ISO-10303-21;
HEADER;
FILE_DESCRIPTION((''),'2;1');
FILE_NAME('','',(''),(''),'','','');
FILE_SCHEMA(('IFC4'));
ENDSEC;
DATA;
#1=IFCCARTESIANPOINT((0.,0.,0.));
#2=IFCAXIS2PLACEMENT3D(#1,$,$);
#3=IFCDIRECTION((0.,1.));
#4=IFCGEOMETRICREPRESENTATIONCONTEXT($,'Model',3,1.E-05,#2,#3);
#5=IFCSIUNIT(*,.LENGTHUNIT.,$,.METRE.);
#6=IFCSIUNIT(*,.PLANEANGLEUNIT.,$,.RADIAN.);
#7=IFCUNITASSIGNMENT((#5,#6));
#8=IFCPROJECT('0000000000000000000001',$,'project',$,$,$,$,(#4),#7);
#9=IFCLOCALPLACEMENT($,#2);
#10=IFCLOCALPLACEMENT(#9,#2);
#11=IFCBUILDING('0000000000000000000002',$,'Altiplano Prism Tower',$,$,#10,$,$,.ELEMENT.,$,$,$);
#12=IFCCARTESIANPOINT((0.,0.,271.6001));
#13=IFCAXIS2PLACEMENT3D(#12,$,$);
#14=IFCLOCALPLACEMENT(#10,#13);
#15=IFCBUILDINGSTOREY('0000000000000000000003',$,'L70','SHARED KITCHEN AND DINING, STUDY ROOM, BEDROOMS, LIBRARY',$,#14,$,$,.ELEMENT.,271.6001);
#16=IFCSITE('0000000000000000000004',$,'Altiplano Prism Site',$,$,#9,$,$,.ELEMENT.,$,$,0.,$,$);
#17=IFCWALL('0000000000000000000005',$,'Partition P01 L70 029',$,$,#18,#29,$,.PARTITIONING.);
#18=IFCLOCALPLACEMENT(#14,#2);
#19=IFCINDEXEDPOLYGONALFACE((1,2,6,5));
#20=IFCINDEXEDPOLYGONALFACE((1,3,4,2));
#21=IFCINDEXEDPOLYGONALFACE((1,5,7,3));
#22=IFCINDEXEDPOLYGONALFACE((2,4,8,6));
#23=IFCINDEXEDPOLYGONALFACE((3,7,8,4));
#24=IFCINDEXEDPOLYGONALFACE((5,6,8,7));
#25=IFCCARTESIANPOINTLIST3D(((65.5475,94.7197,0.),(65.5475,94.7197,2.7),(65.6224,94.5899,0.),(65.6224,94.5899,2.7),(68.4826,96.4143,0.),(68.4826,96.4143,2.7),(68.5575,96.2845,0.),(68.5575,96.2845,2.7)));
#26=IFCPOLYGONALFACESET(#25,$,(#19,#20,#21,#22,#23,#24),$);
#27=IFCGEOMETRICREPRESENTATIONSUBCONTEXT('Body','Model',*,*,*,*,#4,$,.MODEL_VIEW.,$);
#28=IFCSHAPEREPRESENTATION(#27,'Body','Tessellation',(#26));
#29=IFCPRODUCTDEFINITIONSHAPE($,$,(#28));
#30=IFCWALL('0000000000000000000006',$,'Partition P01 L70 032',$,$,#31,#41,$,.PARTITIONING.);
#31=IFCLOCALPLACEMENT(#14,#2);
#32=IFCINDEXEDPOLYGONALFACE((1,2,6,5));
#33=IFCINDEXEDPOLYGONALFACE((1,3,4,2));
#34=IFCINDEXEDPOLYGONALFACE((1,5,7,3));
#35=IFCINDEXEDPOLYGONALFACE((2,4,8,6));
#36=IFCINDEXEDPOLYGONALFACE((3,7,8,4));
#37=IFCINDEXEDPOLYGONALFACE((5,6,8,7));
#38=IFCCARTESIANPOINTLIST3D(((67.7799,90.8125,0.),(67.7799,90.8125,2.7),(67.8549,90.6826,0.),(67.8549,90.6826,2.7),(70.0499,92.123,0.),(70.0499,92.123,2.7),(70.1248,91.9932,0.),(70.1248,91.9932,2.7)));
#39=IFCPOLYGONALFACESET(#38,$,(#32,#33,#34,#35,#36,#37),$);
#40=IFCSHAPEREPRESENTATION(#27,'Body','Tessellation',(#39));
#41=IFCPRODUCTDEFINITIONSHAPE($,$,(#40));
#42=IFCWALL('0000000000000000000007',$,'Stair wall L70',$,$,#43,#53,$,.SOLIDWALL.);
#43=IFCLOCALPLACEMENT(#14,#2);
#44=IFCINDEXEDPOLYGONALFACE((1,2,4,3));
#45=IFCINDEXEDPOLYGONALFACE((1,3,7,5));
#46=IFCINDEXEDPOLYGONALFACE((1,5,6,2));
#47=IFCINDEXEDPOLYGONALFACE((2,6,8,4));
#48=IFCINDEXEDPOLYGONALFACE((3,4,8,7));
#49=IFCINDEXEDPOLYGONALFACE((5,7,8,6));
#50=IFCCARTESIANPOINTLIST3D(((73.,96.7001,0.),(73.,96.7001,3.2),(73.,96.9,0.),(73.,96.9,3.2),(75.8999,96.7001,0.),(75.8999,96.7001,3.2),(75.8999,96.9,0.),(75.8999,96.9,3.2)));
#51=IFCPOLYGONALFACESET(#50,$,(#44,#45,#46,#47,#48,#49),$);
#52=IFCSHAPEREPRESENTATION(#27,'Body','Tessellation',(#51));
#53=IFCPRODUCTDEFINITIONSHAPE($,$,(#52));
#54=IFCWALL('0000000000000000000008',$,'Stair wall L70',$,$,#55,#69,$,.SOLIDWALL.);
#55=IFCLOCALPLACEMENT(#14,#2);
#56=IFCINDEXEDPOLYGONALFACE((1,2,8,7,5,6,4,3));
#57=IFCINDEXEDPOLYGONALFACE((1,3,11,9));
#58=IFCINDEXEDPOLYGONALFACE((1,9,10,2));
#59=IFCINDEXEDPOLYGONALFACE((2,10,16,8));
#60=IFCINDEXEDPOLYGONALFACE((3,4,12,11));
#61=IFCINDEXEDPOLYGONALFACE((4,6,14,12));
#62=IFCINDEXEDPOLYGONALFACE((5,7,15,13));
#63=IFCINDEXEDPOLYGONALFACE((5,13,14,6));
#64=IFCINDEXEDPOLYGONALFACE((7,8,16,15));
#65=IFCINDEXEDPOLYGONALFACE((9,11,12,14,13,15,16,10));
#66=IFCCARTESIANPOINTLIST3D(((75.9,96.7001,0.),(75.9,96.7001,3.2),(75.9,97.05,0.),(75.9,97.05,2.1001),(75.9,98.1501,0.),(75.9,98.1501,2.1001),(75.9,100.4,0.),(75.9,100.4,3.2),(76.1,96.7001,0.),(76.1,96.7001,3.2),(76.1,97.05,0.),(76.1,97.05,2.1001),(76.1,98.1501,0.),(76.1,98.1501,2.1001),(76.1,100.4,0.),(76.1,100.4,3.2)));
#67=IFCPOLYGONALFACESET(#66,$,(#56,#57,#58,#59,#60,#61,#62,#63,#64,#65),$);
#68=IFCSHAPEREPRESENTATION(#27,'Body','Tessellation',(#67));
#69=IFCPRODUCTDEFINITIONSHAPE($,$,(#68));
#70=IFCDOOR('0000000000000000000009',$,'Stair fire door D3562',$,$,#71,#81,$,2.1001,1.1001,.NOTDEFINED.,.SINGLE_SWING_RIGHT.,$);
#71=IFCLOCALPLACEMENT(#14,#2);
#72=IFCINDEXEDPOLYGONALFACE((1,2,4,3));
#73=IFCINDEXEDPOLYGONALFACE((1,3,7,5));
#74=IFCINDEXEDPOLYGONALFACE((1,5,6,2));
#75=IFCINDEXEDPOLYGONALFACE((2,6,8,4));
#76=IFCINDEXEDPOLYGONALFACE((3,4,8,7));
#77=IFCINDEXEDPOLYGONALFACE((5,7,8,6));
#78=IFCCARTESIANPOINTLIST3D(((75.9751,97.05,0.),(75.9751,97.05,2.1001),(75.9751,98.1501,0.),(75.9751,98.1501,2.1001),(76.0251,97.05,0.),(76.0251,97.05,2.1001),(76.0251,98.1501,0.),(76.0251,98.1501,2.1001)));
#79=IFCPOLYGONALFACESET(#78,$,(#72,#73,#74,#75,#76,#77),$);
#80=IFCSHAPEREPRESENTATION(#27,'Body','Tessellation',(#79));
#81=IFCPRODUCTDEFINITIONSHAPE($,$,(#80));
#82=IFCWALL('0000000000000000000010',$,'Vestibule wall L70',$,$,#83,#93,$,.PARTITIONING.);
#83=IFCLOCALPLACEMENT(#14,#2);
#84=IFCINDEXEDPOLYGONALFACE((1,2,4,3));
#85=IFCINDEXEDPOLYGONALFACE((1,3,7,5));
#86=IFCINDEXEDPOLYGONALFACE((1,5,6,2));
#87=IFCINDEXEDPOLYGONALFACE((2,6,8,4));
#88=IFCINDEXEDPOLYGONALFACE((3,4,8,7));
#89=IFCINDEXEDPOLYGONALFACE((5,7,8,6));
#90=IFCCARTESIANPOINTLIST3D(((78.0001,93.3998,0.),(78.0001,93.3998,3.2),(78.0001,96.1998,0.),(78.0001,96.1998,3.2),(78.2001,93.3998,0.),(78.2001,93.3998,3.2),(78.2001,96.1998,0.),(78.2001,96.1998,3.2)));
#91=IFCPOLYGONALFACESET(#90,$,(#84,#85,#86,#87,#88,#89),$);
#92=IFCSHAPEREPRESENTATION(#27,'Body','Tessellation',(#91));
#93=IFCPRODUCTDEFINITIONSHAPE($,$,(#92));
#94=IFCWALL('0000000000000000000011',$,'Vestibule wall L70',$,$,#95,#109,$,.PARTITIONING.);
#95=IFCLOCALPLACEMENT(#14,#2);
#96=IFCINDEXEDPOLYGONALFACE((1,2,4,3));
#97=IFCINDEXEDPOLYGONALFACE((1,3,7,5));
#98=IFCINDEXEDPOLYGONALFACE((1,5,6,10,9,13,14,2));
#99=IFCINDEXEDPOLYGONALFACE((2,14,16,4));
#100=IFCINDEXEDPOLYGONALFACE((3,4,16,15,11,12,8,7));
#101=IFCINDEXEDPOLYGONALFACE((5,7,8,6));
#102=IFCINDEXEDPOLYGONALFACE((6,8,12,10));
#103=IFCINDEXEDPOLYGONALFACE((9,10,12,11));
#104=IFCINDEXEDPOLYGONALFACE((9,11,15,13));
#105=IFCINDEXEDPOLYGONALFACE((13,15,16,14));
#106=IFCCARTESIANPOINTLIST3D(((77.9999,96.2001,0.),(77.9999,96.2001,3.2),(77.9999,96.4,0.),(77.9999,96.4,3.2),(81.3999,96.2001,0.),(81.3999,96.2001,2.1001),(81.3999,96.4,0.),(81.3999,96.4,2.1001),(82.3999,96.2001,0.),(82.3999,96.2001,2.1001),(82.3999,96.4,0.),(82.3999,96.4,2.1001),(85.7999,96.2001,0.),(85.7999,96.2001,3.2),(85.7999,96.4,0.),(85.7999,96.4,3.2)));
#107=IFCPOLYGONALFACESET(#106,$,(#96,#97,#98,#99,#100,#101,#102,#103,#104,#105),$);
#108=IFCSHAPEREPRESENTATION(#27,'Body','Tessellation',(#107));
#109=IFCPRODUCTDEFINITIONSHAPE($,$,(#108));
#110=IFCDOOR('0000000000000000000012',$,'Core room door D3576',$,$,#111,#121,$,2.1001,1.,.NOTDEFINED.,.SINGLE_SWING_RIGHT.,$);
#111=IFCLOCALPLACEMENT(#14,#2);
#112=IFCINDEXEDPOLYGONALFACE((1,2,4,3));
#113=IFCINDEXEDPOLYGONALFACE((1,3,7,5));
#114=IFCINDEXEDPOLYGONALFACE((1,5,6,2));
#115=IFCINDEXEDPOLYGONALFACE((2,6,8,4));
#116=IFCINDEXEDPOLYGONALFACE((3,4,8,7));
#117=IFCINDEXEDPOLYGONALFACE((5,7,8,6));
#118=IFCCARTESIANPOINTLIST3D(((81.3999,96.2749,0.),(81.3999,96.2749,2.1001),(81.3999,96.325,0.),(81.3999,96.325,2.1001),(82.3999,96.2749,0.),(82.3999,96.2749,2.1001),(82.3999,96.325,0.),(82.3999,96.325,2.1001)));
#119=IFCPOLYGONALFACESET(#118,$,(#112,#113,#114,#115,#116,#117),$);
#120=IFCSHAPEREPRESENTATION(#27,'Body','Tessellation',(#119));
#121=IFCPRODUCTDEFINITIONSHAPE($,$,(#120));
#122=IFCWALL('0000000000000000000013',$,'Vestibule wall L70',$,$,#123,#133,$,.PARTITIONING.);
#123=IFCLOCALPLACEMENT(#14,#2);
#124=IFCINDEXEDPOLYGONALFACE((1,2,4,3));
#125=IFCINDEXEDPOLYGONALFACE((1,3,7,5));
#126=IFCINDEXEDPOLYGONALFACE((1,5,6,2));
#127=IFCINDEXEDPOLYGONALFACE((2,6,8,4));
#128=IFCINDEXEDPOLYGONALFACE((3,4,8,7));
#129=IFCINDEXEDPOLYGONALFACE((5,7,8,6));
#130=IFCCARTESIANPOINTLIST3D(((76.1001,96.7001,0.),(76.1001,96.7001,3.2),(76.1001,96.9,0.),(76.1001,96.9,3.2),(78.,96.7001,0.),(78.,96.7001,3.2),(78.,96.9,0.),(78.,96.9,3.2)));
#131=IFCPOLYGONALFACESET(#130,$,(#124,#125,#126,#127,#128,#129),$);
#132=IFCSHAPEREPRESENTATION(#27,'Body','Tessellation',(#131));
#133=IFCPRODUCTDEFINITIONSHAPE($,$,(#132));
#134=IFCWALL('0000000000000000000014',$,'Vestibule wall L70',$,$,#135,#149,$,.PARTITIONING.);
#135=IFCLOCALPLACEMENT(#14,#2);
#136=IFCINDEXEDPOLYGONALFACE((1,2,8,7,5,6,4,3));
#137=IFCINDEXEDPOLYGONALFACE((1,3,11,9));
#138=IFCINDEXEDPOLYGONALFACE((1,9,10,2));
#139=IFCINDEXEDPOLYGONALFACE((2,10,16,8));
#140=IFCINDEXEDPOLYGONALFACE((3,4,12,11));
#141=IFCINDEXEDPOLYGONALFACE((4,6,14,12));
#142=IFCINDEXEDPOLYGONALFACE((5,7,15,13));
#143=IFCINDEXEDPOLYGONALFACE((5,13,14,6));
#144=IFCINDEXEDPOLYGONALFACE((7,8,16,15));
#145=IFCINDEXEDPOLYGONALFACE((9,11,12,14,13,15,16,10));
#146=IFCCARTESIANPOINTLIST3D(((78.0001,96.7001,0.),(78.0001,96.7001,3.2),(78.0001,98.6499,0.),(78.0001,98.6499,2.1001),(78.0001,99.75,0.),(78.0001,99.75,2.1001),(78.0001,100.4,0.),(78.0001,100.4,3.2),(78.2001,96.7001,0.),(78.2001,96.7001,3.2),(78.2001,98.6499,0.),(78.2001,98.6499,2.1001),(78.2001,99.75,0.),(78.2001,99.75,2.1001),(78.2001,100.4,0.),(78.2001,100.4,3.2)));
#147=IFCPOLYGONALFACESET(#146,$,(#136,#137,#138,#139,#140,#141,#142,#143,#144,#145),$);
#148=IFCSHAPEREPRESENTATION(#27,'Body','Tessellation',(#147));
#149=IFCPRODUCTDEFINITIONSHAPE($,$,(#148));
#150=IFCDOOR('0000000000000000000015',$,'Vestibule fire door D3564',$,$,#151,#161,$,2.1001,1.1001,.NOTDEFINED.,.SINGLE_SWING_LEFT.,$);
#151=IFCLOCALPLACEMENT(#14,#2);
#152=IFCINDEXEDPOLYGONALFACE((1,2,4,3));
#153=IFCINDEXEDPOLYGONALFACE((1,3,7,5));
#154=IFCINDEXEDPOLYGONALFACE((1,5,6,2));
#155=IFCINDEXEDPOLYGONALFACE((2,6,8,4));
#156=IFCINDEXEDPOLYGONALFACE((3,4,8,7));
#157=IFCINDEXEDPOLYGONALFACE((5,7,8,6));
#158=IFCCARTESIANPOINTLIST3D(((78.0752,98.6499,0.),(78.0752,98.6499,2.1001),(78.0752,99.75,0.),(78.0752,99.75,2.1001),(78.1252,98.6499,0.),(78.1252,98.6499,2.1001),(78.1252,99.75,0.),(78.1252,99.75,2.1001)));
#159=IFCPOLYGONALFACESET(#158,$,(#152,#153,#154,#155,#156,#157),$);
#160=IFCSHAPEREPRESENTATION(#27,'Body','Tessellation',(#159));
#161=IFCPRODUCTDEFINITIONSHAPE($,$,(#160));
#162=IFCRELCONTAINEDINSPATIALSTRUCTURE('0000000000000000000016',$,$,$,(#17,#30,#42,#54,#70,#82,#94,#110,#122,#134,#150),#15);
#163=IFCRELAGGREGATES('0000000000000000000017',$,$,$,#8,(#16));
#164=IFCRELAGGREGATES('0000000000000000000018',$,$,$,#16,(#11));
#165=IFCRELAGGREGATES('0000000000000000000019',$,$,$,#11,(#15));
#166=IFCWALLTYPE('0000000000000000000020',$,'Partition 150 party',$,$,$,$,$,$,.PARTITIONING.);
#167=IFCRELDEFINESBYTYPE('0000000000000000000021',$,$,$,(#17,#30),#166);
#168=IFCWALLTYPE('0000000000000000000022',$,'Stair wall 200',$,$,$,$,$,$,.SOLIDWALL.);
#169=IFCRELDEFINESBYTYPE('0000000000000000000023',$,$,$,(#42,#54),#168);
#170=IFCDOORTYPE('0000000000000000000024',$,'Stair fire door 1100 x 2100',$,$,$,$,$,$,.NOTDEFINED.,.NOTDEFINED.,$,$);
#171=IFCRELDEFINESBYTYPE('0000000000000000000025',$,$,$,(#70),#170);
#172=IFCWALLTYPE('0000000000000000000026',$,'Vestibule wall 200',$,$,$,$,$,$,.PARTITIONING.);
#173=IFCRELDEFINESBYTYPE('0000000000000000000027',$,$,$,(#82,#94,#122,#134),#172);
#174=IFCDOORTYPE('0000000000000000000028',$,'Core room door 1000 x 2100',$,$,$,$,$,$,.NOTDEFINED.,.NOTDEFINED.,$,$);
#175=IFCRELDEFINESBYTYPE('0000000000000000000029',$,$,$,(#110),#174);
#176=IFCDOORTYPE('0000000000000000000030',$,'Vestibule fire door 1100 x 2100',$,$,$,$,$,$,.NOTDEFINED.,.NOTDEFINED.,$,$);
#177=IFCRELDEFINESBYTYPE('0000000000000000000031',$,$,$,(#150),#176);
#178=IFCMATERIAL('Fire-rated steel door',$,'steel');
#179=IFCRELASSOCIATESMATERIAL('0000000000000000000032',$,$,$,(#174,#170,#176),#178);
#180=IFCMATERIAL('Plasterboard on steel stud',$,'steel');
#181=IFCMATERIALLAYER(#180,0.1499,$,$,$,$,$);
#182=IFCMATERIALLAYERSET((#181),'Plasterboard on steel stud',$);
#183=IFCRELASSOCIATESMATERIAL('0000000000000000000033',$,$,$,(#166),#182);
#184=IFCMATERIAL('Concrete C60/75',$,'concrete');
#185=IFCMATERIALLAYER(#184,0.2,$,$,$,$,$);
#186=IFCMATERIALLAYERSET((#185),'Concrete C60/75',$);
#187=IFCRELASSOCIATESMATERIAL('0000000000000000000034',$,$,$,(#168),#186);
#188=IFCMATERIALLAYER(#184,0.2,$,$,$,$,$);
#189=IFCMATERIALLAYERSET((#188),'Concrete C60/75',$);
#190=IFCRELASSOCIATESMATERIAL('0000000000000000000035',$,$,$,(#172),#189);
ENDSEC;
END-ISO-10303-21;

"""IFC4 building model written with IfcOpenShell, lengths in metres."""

from ifc_helpers import new_model, si_unit, direction, frame, frame_2d, origin, place, context, subcontext, project, spatial, rectangle, extrude, material, layer, layer_set, type_object, element, fill, save


model = new_model("IFC4")

# Units and contexts
model_context = context("Model", 3, precision=1e-05, world=origin(), true_north=direction((0.0, 1.0)))
body_context = subcontext(model_context, "Body", "Model", "MODEL_VIEW")
ifc_project = project(units=[si_unit("LENGTHUNIT", "METRE"), si_unit("PLANEANGLEUNIT", "RADIAN")], contexts=[model_context])

# Site, building, storey
site_placement = place(None, origin())
site = spatial("IfcSite", under=ifc_project, at=site_placement, Name="Altiplano Prism Site", CompositionType="ELEMENT", RefElevation=0.0)
building_placement = place(site_placement, origin())
building = spatial("IfcBuilding", under=site, at=building_placement, Name="Altiplano Prism Tower", CompositionType="ELEMENT")
storey_placement = place(building_placement, frame((0.0, 0.0, 271.6001)))
storey = spatial("IfcBuildingStorey", under=building, at=storey_placement, Name="L70", Description="SHARED KITCHEN AND DINING, STUDY ROOM, BEDROOMS, LIBRARY", CompositionType="ELEMENT", Elevation=271.6001)

# Shared definitions
ifc_material_1 = material(Name="Concrete C60/75", Category="concrete")

# Shared definitions
ifc_material_2 = material(Name="Fire-rated steel door", Category="steel")
door_type_1 = type_object("IfcDoorType", Name="Core room door 1000 x 2100", OperationType="NOTDEFINED", PredefinedType="NOTDEFINED", material=ifc_material_2)

# Walls
ifc_material_3 = material(Name="Plasterboard on steel stud", Category="steel")
ifc_layer_1 = layer(ifc_material_3, 0.1499)
ifc_layer_set_1 = layer_set([ifc_layer_1], Name="Plasterboard on steel stud")
wall_type_1 = type_object("IfcWallType", Name="Partition 150 party", PredefinedType="PARTITIONING", material=ifc_layer_set_1)
wall_1_placement = place(storey_placement, frame((65.585, 94.6548, 0.0), z_axis=(0.0, 0.0, 1.0), x_axis=(0.866022, 0.500005, 0.0)))
element("IfcWall", 1, at=wall_1_placement, inside=storey, type_object=wall_type_1, Name="Partition P01 L70 029", PredefinedType="PARTITIONING", context=body_context, shape_type="SweptSolid", body=[
    extrude(rectangle(XDim=3.3892, YDim=0.1499, at=frame_2d((1.6946, 0.0))), origin(), (0.0, 0.0, 1.0), 2.7),
])
wall_2_placement = place(storey_placement, frame((67.8174, 90.7476, 0.0), z_axis=(0.0, 0.0, 1.0), x_axis=(0.866034, 0.499986, 0.0)))
element("IfcWall", 2, at=wall_2_placement, inside=storey, type_object=wall_type_1, Name="Partition P01 L70 032", PredefinedType="PARTITIONING", context=body_context, shape_type="SweptSolid", body=[
    extrude(rectangle(XDim=2.6211, YDim=0.1499, at=frame_2d((1.3105, 0.0))), origin(), (0.0, 0.0, 1.0), 2.7),
])
ifc_layer_2 = layer(ifc_material_1, 0.2)
ifc_layer_set_2 = layer_set([ifc_layer_2], Name="Concrete C60/75")
wall_type_2 = type_object("IfcWallType", Name="Stair wall 200", PredefinedType="SOLIDWALL", material=ifc_layer_set_2)
wall_3_placement = place(storey_placement, frame((73.0, 96.8, 0.0), z_axis=(0.0, 0.0, 1.0), x_axis=(1.0, 0.0, 0.0)))
element("IfcWall", 3, at=wall_3_placement, inside=storey, type_object=wall_type_2, Name="Stair wall L70", PredefinedType="SOLIDWALL", context=body_context, shape_type="SweptSolid", body=[
    extrude(rectangle(XDim=2.8999, YDim=0.2, at=frame_2d((1.45, 0.0))), origin(), (0.0, 0.0, 1.0), 3.2),
])

# Wall, opening, door
wall_4_placement = place(storey_placement, frame((76.0, 96.7, 0.0), z_axis=(0.0, 0.0, 1.0), x_axis=(0.0, 1.0, 0.0)))
wall_4 = element("IfcWall", 4, at=wall_4_placement, inside=storey, type_object=wall_type_2, Name="Stair wall L70", PredefinedType="SOLIDWALL", context=body_context, shape_type="SweptSolid", body=[
    extrude(rectangle(XDim=3.7, YDim=0.2, at=frame_2d((1.8501, 0.0))), origin(), (0.0, 0.0, 1.0), 3.2),
])
opening_1_placement = place(wall_4_placement, frame((0.3501, 0.0, 0.0)))
opening_1 = element("IfcOpeningElement", 5, at=opening_1_placement, cuts=wall_4, PredefinedType="OPENING", context=body_context, shape_type="SweptSolid", body=[
    extrude(rectangle(XDim=1.1001, YDim=2.1001, at=frame_2d((0.55, 1.05))), frame((0.0, 0.1104, 0.0), z_axis=(0.0, -1.0, 0.0), x_axis=(1.0, 0.0, 0.0)), (0.0, 0.0, 1.0), 0.2209),
])
door_type_2 = type_object("IfcDoorType", Name="Stair fire door 1100 x 2100", OperationType="NOTDEFINED", PredefinedType="NOTDEFINED", material=ifc_material_2)
door_1_placement = place(opening_1_placement, origin())
door_1 = element("IfcDoor", 6, at=door_1_placement, inside=storey, type_object=door_type_2, Name="Stair fire door D3562", OperationType="SINGLE_SWING_RIGHT", OverallHeight=2.1001, OverallWidth=1.1001, PredefinedType="NOTDEFINED", context=body_context, shape_type="SweptSolid", body=[
    extrude(rectangle(XDim=1.1001, YDim=2.1001, at=frame_2d((0.55, 1.05))), frame((0.0, 0.0249, 0.0), z_axis=(0.0, -1.0, 0.0), x_axis=(1.0, 0.0, 0.0)), (0.0, 0.0, 1.0), 0.05),
])
fill(opening_1, door_1)

# Wall
ifc_layer_3 = layer(ifc_material_1, 0.2)
ifc_layer_set_3 = layer_set([ifc_layer_3], Name="Concrete C60/75")
wall_type_3 = type_object("IfcWallType", Name="Vestibule wall 200", PredefinedType="PARTITIONING", material=ifc_layer_set_3)
wall_5_placement = place(storey_placement, frame((78.1001, 93.3999, 0.0), z_axis=(0.0, 0.0, 1.0), x_axis=(0.0, 1.0, 0.0)))
element("IfcWall", 7, at=wall_5_placement, inside=storey, type_object=wall_type_3, Name="Vestibule wall L70", PredefinedType="PARTITIONING", context=body_context, shape_type="SweptSolid", body=[
    extrude(rectangle(XDim=2.8, YDim=0.2, at=frame_2d((1.3999, 0.0))), origin(), (0.0, 0.0, 1.0), 3.2),
])

# Wall, opening, door
wall_6_placement = place(storey_placement, frame((78.0, 96.3, 0.0), z_axis=(0.0, 0.0, 1.0), x_axis=(1.0, 0.0, 0.0)))
wall_6 = element("IfcWall", 8, at=wall_6_placement, inside=storey, type_object=wall_type_3, Name="Vestibule wall L70", PredefinedType="PARTITIONING", context=body_context, shape_type="SweptSolid", body=[
    extrude(rectangle(XDim=7.8, YDim=0.2, at=frame_2d((3.8999, 0.0))), origin(), (0.0, 0.0, 1.0), 3.2),
])
opening_2_placement = place(wall_6_placement, frame((3.3999, 0.0, 0.0)))
opening_2 = element("IfcOpeningElement", 9, at=opening_2_placement, cuts=wall_6, PredefinedType="OPENING", context=body_context, shape_type="SweptSolid", body=[
    extrude(rectangle(XDim=1.0, YDim=2.1001, at=frame_2d((0.5, 1.05))), frame((0.0, 0.1104, 0.0), z_axis=(0.0, -1.0, 0.0), x_axis=(1.0, 0.0, 0.0)), (0.0, 0.0, 1.0), 0.2209),
])
door_2_placement = place(opening_2_placement, origin())
door_2 = element("IfcDoor", 10, at=door_2_placement, inside=storey, type_object=door_type_1, Name="Core room door D3576", OperationType="SINGLE_SWING_RIGHT", OverallHeight=2.1001, OverallWidth=1.0, PredefinedType="NOTDEFINED", context=body_context, shape_type="SweptSolid", body=[
    extrude(rectangle(XDim=1.0, YDim=2.1001, at=frame_2d((0.5, 1.05))), frame((0.0, 0.0249, 0.0), z_axis=(0.0, -1.0, 0.0), x_axis=(1.0, 0.0, 0.0)), (0.0, 0.0, 1.0), 0.05),
])
fill(opening_2, door_2)

# Wall
wall_7_placement = place(storey_placement, frame((76.1001, 96.8, 0.0), z_axis=(0.0, 0.0, 1.0), x_axis=(1.0, 0.0, 0.0)))
element("IfcWall", 11, at=wall_7_placement, inside=storey, type_object=wall_type_3, Name="Vestibule wall L70", PredefinedType="PARTITIONING", context=body_context, shape_type="SweptSolid", body=[
    extrude(rectangle(XDim=1.8999, YDim=0.2, at=frame_2d((0.95, 0.0))), origin(), (0.0, 0.0, 1.0), 3.2),
])

# Wall, opening, door
wall_8_placement = place(storey_placement, frame((78.1001, 96.7, 0.0), z_axis=(0.0, 0.0, 1.0), x_axis=(0.0, 1.0, 0.0)))
wall_8 = element("IfcWall", 12, at=wall_8_placement, inside=storey, type_object=wall_type_3, Name="Vestibule wall L70", PredefinedType="PARTITIONING", context=body_context, shape_type="SweptSolid", body=[
    extrude(rectangle(XDim=3.7, YDim=0.2, at=frame_2d((1.8501, 0.0))), origin(), (0.0, 0.0, 1.0), 3.2),
])
opening_3_placement = place(wall_8_placement, frame((1.95, 0.0, 0.0)))
opening_3 = element("IfcOpeningElement", 13, at=opening_3_placement, cuts=wall_8, PredefinedType="OPENING", context=body_context, shape_type="SweptSolid", body=[
    extrude(rectangle(XDim=1.1001, YDim=2.1001, at=frame_2d((0.55, 1.05))), frame((0.0, 0.1104, 0.0), z_axis=(0.0, -1.0, 0.0), x_axis=(1.0, 0.0, 0.0)), (0.0, 0.0, 1.0), 0.2209),
])
door_type_3 = type_object("IfcDoorType", Name="Vestibule fire door 1100 x 2100", OperationType="NOTDEFINED", PredefinedType="NOTDEFINED", material=ifc_material_2)
door_3_placement = place(opening_3_placement, origin())
door_3 = element("IfcDoor", 14, at=door_3_placement, inside=storey, type_object=door_type_3, Name="Vestibule fire door D3564", OperationType="SINGLE_SWING_LEFT", OverallHeight=2.1001, OverallWidth=1.1001, PredefinedType="NOTDEFINED", context=body_context, shape_type="SweptSolid", body=[
    extrude(rectangle(XDim=1.1001, YDim=2.1001, at=frame_2d((0.55, 1.05))), frame((0.0, 0.0249, 0.0), z_axis=(0.0, -1.0, 0.0), x_axis=(1.0, 0.0, 0.0)), (0.0, 0.0, 1.0), 0.05),
])
fill(opening_3, door_3)

save(model, "model.ifc")
